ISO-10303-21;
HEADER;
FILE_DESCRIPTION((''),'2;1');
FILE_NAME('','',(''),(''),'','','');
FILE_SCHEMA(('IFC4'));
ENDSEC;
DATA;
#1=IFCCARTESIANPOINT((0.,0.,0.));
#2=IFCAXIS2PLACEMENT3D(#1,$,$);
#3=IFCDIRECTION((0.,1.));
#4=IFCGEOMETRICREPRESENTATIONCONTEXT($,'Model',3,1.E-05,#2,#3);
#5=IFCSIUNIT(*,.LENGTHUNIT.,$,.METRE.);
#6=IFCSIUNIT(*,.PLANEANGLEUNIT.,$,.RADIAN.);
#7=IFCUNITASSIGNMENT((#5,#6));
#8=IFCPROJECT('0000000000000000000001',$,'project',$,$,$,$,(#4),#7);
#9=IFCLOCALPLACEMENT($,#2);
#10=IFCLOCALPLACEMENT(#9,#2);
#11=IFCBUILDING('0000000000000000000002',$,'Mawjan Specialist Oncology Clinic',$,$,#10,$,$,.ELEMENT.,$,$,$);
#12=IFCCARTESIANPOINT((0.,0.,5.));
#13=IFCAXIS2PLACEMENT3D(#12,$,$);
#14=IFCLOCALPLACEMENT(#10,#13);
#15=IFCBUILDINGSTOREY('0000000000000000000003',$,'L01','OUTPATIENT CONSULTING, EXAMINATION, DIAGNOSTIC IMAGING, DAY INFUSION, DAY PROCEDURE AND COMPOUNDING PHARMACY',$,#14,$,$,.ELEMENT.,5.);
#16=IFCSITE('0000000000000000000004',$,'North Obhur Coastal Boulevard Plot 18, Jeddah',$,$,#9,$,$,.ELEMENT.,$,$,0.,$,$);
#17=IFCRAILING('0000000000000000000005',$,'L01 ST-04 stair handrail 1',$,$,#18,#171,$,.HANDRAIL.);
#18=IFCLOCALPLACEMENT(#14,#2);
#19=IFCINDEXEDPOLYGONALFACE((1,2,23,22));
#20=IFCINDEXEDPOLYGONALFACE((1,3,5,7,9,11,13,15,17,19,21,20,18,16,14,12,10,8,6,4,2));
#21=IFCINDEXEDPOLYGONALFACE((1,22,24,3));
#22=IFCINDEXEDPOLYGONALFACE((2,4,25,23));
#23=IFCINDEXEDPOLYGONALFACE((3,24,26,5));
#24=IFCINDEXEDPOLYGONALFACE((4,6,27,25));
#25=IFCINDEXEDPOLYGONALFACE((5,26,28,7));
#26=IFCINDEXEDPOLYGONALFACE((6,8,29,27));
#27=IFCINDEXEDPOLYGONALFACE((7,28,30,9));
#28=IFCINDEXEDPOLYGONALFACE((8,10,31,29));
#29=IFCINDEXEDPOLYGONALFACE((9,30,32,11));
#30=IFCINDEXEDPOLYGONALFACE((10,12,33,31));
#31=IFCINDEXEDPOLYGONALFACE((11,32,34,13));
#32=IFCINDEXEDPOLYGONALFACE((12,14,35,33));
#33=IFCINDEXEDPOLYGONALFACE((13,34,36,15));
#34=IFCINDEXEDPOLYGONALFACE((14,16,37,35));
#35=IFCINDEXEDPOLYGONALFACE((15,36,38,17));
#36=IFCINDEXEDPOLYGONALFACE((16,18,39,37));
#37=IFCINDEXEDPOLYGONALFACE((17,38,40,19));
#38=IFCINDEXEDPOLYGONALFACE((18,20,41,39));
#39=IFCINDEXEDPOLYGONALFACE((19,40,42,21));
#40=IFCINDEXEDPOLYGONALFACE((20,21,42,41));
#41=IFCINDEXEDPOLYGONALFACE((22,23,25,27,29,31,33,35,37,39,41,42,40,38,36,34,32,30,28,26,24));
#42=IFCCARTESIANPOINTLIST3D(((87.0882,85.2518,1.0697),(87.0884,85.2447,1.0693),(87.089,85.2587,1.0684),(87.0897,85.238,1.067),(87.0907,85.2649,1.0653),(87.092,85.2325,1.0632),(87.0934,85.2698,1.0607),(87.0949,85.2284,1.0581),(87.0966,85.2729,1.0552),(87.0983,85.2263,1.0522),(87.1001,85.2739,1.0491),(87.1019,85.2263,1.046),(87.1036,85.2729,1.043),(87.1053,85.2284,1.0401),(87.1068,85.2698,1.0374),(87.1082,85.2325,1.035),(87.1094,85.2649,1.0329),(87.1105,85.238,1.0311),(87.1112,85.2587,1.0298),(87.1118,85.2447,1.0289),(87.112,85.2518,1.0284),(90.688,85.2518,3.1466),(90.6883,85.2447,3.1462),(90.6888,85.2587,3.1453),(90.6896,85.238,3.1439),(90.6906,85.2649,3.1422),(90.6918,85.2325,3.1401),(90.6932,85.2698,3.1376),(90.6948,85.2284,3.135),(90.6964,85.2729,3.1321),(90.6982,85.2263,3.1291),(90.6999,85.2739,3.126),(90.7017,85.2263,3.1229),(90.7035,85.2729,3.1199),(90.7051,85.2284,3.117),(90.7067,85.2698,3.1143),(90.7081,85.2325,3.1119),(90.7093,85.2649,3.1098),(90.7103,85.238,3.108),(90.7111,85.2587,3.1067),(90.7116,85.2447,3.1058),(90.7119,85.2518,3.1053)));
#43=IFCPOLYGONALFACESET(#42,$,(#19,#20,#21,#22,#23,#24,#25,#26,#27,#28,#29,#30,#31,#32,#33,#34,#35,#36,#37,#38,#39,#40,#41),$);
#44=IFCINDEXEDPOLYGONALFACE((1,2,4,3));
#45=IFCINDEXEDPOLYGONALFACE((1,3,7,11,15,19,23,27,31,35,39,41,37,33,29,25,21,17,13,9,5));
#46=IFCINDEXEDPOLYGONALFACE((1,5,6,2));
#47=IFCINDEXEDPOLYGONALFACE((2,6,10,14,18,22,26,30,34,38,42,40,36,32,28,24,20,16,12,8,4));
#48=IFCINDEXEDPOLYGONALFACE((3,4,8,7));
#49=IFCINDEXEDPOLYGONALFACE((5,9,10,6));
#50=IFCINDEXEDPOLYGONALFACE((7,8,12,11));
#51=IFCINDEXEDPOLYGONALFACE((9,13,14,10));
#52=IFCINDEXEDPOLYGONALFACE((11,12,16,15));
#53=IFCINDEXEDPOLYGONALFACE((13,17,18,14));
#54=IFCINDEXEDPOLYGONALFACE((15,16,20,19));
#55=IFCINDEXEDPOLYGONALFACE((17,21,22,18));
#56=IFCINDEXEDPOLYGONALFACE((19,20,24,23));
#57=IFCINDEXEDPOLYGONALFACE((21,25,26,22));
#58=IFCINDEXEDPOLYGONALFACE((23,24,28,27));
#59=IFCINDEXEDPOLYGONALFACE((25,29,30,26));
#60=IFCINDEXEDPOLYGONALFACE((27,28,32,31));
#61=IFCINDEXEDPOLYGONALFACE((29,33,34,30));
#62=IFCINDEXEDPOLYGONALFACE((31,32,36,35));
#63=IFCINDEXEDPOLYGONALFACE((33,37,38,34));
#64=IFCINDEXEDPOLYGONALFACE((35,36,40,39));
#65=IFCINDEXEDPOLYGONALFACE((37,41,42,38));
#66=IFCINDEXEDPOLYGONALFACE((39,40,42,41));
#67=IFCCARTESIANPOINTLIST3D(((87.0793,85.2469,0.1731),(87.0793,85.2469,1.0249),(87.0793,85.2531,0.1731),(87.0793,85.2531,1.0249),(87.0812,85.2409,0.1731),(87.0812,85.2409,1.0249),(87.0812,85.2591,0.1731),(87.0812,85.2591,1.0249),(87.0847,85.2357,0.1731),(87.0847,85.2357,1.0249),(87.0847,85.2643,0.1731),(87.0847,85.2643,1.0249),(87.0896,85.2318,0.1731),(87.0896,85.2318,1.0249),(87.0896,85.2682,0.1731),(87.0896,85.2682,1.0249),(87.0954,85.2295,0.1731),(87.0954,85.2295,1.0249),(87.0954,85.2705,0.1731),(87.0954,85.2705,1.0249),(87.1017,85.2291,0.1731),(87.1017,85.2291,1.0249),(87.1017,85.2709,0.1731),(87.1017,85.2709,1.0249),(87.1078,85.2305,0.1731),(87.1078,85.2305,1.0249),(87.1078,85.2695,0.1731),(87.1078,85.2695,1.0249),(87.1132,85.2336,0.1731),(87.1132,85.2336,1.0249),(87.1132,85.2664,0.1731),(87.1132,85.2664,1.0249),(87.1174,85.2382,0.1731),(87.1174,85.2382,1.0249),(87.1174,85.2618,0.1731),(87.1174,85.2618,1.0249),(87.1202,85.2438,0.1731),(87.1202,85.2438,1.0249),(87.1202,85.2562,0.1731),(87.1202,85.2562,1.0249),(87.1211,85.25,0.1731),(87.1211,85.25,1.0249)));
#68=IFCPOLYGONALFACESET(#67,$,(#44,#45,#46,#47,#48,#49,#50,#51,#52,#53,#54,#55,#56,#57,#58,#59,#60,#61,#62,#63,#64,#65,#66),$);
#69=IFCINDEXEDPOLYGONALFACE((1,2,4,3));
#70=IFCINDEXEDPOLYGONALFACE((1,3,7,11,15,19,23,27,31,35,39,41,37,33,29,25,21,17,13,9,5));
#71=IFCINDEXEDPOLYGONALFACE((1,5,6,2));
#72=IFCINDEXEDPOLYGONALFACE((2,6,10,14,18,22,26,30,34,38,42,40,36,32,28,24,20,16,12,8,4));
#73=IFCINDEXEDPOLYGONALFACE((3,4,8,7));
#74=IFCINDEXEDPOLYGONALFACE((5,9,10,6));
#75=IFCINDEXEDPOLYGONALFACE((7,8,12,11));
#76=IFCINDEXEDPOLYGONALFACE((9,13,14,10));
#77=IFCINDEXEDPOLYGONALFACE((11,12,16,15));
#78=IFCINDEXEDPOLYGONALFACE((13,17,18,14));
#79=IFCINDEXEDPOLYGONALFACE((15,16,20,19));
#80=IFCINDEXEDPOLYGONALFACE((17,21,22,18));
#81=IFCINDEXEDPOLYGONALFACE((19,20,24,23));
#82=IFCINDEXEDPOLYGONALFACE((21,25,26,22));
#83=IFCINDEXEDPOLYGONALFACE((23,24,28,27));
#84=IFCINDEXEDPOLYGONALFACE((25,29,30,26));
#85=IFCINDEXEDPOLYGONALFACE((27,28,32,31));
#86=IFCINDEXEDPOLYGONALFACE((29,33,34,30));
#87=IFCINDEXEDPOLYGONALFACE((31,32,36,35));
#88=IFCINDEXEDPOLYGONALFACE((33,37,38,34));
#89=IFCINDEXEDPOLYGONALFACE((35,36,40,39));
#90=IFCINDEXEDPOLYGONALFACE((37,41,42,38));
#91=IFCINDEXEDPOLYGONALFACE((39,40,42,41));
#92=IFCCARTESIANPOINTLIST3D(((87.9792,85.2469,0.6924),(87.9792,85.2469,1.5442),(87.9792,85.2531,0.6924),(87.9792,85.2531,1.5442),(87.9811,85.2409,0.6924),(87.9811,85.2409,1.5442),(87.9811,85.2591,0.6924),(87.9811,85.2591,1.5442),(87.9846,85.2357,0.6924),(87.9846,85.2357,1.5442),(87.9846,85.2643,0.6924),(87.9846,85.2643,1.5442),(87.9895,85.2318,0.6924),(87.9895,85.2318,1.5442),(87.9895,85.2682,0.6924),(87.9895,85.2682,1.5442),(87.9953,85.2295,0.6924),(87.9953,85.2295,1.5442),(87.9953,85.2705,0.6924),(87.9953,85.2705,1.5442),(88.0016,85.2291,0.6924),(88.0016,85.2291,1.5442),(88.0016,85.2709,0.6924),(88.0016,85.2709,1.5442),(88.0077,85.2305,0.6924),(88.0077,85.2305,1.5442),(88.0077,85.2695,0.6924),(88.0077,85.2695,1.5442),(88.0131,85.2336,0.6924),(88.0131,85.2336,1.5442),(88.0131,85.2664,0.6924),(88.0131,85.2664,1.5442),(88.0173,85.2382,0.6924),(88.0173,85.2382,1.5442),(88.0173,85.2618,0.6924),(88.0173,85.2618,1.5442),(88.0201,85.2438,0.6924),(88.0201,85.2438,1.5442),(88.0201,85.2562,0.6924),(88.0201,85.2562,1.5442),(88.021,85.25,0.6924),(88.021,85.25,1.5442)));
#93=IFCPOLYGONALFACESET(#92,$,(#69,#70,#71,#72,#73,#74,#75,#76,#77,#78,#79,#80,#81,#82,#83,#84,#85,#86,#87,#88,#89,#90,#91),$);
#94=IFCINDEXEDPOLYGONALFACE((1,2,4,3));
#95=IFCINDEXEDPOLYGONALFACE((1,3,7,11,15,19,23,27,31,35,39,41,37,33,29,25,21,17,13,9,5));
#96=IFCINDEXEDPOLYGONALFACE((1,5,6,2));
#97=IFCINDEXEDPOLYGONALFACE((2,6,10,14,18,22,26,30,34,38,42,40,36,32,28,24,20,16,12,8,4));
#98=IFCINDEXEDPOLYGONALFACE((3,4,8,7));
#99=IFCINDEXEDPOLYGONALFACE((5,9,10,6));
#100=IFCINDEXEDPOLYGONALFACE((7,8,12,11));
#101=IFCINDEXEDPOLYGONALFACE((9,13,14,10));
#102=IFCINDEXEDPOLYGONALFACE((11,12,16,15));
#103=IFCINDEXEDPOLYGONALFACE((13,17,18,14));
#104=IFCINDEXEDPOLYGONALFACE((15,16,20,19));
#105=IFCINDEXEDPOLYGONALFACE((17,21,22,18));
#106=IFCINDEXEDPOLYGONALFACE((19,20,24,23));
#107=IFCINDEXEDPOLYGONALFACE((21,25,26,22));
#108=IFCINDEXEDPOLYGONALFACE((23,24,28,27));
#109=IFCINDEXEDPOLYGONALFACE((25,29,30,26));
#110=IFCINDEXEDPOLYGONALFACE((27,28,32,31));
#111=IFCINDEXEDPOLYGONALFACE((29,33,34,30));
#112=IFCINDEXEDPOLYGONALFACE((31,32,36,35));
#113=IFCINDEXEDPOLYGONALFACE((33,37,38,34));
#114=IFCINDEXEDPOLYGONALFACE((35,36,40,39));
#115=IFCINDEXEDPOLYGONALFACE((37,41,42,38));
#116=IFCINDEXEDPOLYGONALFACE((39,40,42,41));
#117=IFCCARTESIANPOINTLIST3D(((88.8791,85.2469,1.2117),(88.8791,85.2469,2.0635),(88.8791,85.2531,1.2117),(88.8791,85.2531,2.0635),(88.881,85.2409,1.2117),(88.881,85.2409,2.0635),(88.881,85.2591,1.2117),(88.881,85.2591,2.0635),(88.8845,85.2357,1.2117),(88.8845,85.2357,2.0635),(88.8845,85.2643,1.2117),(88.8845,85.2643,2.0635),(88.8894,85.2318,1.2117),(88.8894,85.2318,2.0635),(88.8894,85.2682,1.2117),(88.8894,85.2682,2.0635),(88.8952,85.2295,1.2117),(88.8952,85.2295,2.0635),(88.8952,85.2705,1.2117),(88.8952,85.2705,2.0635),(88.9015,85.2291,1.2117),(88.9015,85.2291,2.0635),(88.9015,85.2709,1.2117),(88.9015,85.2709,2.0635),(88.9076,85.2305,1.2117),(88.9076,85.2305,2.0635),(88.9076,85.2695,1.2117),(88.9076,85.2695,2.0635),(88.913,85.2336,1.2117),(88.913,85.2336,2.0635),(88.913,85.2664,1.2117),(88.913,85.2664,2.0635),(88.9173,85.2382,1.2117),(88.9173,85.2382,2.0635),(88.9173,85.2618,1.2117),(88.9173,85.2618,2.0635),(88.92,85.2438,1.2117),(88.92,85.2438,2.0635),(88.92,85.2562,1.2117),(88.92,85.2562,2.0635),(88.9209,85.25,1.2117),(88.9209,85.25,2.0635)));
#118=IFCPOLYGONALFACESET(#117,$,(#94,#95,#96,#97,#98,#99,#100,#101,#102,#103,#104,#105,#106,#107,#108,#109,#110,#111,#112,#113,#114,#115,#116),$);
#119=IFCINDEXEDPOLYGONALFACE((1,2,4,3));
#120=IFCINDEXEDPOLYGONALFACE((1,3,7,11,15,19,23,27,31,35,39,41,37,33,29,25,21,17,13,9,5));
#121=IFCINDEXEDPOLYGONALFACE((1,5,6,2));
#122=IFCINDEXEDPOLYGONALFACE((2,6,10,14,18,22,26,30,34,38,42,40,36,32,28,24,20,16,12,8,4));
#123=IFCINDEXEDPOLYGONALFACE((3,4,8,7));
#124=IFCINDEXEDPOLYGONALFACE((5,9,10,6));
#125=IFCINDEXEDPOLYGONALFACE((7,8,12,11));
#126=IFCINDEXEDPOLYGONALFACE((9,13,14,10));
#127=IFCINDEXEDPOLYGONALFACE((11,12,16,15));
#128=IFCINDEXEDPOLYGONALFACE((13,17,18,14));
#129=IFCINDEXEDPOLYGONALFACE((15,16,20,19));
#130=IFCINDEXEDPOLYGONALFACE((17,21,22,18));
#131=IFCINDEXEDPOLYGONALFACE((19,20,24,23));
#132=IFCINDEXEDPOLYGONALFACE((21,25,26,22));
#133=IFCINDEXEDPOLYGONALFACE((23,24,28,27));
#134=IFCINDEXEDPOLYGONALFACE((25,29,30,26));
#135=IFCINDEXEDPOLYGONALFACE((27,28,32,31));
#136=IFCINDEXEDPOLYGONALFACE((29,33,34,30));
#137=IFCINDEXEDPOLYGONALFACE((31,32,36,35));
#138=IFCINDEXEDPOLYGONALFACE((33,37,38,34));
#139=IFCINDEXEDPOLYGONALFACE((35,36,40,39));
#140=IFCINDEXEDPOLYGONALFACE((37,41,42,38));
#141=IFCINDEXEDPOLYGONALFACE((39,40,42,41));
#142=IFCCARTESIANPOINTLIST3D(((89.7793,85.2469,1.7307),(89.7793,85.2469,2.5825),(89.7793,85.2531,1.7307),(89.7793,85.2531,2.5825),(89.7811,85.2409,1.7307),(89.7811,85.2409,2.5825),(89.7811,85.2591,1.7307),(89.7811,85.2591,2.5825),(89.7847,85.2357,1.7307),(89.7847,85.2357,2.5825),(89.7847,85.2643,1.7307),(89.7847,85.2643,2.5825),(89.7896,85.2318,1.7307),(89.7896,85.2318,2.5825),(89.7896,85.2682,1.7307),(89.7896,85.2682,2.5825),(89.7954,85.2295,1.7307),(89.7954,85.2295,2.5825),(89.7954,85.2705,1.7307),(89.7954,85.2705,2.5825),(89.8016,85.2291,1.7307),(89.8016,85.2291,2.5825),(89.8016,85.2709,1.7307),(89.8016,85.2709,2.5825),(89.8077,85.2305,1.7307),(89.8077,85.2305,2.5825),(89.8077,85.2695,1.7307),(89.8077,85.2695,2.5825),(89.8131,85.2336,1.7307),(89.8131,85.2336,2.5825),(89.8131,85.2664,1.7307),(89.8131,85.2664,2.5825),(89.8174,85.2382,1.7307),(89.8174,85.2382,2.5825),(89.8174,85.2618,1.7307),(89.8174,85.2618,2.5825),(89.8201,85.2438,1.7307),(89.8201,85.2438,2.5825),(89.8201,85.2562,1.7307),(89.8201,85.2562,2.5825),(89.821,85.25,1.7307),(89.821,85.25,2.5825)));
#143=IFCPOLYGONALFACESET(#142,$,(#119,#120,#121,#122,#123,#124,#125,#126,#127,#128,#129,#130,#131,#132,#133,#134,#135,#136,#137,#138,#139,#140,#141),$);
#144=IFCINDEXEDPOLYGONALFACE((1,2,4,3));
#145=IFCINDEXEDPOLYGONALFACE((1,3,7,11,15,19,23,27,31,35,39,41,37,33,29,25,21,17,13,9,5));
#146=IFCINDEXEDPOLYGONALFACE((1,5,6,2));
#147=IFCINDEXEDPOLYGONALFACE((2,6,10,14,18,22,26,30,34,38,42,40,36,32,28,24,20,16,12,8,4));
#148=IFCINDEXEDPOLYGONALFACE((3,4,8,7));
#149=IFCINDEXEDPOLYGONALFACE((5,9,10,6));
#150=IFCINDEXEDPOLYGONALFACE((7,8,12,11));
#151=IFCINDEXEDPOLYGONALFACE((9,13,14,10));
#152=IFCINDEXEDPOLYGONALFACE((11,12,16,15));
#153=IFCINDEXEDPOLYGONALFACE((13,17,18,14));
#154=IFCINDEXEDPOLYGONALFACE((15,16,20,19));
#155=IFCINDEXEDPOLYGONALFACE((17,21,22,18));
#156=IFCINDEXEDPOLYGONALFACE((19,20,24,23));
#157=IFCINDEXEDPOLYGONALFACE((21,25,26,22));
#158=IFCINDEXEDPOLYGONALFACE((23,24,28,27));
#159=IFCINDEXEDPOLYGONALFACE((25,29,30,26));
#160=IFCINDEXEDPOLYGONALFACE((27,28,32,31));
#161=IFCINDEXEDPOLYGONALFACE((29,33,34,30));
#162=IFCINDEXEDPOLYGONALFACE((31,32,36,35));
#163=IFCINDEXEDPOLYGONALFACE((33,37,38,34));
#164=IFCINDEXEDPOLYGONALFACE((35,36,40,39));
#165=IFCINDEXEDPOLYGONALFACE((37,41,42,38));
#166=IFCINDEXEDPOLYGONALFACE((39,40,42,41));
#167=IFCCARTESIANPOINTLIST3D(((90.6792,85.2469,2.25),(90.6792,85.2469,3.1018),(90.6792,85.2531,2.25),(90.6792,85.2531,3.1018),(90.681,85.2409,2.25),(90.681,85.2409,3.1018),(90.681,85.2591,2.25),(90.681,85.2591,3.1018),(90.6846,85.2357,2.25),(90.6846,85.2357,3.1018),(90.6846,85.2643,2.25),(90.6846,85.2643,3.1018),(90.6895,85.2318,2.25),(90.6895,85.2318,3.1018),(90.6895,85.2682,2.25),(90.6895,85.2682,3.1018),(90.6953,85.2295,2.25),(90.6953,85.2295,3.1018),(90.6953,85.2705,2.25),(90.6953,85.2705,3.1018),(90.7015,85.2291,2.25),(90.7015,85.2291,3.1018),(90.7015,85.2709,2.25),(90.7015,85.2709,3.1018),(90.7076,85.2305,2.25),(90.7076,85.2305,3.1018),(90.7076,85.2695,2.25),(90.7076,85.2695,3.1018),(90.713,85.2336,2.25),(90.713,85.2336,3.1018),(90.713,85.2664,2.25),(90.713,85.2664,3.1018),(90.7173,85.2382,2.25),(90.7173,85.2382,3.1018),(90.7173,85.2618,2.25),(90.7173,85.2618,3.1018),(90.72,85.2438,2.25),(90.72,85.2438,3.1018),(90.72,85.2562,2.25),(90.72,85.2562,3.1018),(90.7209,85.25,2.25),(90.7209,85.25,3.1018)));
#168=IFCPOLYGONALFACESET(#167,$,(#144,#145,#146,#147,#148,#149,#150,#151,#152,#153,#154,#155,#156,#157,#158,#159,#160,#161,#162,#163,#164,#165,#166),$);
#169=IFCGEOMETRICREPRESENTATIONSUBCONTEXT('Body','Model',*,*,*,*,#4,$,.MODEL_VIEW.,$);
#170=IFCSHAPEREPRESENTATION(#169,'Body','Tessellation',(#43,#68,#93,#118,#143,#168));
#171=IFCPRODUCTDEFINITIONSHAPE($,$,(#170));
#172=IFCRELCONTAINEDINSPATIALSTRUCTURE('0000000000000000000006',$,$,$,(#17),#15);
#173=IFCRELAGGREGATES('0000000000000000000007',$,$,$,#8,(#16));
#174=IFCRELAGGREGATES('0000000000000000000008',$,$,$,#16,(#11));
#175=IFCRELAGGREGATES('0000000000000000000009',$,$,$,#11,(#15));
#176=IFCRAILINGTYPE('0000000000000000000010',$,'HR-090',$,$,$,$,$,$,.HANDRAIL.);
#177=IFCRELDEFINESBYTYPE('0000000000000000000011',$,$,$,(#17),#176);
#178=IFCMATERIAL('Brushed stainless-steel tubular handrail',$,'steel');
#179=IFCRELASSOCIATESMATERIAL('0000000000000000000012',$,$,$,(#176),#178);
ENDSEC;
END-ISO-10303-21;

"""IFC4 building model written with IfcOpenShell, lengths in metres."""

from ifc_helpers import new_model, si_unit, direction, frame, origin, origin_2d, place, context, subcontext, project, spatial, circle, extrude, material, type_object, element, save


model = new_model("IFC4")

# Units and contexts
model_context = context("Model", 3, precision=1e-05, world=origin(), true_north=direction((0.0, 1.0)))
body_context = subcontext(model_context, "Body", "Model", "MODEL_VIEW")
ifc_project = project(units=[si_unit("LENGTHUNIT", "METRE"), si_unit("PLANEANGLEUNIT", "RADIAN")], contexts=[model_context])

# Site, building, storey
site_placement = place(None, origin())
site = spatial("IfcSite", under=ifc_project, at=site_placement, Name="North Obhur Coastal Boulevard Plot 18, Jeddah", CompositionType="ELEMENT", RefElevation=0.0)
building_placement = place(site_placement, origin())
building = spatial("IfcBuilding", under=site, at=building_placement, Name="Mawjan Specialist Oncology Clinic", CompositionType="ELEMENT")
storey_placement = place(building_placement, frame((0.0, 0.0, 5.0)))
storey = spatial("IfcBuildingStorey", under=building, at=storey_placement, Name="L01", Description="OUTPATIENT CONSULTING, EXAMINATION, DIAGNOSTIC IMAGING, DAY INFUSION, DAY PROCEDURE AND COMPOUNDING PHARMACY", CompositionType="ELEMENT", Elevation=5.0)

# Railing
ifc_material_1 = material(Name="Brushed stainless-steel tubular handrail", Category="steel")
railing_type_1 = type_object("IfcRailingType", Name="HR-090", PredefinedType="HANDRAIL", material=ifc_material_1)
railing_1_placement = place(storey_placement, frame((87.1001, 85.25, 0.1731)))
element("IfcRailing", 1, at=railing_1_placement, inside=storey, type_object=railing_type_1, Name="L01 ST-04 stair handrail 1", PredefinedType="HANDRAIL", context=body_context, shape_type="SweptSolid", body=[
    extrude(circle(Radius=0.0239, at=origin_2d()), frame((0.0, 0.0, 0.876), z_axis=(0.866179, 0.0, 0.499734), x_axis=(0.0, 1.0, 0.0)), (0.0, 0.0, 1.0), 4.156),
    extrude(circle(Radius=0.021, at=origin_2d()), origin(), (0.0, 0.0, 1.0), 0.8518),
    extrude(circle(Radius=0.021, at=origin_2d()), frame((0.8999, 0.0, 0.5193)), (0.0, 0.0, 1.0), 0.8518),
    extrude(circle(Radius=0.021, at=origin_2d()), frame((1.7998, 0.0, 1.0386)), (0.0, 0.0, 1.0), 0.8518),
    extrude(circle(Radius=0.021, at=origin_2d()), frame((2.7, 0.0, 1.5576)), (0.0, 0.0, 1.0), 0.8518),
    extrude(circle(Radius=0.021, at=origin_2d()), frame((3.5999, 0.0, 2.0769)), (0.0, 0.0, 1.0), 0.8518),
])

save(model, "model.ifc")
